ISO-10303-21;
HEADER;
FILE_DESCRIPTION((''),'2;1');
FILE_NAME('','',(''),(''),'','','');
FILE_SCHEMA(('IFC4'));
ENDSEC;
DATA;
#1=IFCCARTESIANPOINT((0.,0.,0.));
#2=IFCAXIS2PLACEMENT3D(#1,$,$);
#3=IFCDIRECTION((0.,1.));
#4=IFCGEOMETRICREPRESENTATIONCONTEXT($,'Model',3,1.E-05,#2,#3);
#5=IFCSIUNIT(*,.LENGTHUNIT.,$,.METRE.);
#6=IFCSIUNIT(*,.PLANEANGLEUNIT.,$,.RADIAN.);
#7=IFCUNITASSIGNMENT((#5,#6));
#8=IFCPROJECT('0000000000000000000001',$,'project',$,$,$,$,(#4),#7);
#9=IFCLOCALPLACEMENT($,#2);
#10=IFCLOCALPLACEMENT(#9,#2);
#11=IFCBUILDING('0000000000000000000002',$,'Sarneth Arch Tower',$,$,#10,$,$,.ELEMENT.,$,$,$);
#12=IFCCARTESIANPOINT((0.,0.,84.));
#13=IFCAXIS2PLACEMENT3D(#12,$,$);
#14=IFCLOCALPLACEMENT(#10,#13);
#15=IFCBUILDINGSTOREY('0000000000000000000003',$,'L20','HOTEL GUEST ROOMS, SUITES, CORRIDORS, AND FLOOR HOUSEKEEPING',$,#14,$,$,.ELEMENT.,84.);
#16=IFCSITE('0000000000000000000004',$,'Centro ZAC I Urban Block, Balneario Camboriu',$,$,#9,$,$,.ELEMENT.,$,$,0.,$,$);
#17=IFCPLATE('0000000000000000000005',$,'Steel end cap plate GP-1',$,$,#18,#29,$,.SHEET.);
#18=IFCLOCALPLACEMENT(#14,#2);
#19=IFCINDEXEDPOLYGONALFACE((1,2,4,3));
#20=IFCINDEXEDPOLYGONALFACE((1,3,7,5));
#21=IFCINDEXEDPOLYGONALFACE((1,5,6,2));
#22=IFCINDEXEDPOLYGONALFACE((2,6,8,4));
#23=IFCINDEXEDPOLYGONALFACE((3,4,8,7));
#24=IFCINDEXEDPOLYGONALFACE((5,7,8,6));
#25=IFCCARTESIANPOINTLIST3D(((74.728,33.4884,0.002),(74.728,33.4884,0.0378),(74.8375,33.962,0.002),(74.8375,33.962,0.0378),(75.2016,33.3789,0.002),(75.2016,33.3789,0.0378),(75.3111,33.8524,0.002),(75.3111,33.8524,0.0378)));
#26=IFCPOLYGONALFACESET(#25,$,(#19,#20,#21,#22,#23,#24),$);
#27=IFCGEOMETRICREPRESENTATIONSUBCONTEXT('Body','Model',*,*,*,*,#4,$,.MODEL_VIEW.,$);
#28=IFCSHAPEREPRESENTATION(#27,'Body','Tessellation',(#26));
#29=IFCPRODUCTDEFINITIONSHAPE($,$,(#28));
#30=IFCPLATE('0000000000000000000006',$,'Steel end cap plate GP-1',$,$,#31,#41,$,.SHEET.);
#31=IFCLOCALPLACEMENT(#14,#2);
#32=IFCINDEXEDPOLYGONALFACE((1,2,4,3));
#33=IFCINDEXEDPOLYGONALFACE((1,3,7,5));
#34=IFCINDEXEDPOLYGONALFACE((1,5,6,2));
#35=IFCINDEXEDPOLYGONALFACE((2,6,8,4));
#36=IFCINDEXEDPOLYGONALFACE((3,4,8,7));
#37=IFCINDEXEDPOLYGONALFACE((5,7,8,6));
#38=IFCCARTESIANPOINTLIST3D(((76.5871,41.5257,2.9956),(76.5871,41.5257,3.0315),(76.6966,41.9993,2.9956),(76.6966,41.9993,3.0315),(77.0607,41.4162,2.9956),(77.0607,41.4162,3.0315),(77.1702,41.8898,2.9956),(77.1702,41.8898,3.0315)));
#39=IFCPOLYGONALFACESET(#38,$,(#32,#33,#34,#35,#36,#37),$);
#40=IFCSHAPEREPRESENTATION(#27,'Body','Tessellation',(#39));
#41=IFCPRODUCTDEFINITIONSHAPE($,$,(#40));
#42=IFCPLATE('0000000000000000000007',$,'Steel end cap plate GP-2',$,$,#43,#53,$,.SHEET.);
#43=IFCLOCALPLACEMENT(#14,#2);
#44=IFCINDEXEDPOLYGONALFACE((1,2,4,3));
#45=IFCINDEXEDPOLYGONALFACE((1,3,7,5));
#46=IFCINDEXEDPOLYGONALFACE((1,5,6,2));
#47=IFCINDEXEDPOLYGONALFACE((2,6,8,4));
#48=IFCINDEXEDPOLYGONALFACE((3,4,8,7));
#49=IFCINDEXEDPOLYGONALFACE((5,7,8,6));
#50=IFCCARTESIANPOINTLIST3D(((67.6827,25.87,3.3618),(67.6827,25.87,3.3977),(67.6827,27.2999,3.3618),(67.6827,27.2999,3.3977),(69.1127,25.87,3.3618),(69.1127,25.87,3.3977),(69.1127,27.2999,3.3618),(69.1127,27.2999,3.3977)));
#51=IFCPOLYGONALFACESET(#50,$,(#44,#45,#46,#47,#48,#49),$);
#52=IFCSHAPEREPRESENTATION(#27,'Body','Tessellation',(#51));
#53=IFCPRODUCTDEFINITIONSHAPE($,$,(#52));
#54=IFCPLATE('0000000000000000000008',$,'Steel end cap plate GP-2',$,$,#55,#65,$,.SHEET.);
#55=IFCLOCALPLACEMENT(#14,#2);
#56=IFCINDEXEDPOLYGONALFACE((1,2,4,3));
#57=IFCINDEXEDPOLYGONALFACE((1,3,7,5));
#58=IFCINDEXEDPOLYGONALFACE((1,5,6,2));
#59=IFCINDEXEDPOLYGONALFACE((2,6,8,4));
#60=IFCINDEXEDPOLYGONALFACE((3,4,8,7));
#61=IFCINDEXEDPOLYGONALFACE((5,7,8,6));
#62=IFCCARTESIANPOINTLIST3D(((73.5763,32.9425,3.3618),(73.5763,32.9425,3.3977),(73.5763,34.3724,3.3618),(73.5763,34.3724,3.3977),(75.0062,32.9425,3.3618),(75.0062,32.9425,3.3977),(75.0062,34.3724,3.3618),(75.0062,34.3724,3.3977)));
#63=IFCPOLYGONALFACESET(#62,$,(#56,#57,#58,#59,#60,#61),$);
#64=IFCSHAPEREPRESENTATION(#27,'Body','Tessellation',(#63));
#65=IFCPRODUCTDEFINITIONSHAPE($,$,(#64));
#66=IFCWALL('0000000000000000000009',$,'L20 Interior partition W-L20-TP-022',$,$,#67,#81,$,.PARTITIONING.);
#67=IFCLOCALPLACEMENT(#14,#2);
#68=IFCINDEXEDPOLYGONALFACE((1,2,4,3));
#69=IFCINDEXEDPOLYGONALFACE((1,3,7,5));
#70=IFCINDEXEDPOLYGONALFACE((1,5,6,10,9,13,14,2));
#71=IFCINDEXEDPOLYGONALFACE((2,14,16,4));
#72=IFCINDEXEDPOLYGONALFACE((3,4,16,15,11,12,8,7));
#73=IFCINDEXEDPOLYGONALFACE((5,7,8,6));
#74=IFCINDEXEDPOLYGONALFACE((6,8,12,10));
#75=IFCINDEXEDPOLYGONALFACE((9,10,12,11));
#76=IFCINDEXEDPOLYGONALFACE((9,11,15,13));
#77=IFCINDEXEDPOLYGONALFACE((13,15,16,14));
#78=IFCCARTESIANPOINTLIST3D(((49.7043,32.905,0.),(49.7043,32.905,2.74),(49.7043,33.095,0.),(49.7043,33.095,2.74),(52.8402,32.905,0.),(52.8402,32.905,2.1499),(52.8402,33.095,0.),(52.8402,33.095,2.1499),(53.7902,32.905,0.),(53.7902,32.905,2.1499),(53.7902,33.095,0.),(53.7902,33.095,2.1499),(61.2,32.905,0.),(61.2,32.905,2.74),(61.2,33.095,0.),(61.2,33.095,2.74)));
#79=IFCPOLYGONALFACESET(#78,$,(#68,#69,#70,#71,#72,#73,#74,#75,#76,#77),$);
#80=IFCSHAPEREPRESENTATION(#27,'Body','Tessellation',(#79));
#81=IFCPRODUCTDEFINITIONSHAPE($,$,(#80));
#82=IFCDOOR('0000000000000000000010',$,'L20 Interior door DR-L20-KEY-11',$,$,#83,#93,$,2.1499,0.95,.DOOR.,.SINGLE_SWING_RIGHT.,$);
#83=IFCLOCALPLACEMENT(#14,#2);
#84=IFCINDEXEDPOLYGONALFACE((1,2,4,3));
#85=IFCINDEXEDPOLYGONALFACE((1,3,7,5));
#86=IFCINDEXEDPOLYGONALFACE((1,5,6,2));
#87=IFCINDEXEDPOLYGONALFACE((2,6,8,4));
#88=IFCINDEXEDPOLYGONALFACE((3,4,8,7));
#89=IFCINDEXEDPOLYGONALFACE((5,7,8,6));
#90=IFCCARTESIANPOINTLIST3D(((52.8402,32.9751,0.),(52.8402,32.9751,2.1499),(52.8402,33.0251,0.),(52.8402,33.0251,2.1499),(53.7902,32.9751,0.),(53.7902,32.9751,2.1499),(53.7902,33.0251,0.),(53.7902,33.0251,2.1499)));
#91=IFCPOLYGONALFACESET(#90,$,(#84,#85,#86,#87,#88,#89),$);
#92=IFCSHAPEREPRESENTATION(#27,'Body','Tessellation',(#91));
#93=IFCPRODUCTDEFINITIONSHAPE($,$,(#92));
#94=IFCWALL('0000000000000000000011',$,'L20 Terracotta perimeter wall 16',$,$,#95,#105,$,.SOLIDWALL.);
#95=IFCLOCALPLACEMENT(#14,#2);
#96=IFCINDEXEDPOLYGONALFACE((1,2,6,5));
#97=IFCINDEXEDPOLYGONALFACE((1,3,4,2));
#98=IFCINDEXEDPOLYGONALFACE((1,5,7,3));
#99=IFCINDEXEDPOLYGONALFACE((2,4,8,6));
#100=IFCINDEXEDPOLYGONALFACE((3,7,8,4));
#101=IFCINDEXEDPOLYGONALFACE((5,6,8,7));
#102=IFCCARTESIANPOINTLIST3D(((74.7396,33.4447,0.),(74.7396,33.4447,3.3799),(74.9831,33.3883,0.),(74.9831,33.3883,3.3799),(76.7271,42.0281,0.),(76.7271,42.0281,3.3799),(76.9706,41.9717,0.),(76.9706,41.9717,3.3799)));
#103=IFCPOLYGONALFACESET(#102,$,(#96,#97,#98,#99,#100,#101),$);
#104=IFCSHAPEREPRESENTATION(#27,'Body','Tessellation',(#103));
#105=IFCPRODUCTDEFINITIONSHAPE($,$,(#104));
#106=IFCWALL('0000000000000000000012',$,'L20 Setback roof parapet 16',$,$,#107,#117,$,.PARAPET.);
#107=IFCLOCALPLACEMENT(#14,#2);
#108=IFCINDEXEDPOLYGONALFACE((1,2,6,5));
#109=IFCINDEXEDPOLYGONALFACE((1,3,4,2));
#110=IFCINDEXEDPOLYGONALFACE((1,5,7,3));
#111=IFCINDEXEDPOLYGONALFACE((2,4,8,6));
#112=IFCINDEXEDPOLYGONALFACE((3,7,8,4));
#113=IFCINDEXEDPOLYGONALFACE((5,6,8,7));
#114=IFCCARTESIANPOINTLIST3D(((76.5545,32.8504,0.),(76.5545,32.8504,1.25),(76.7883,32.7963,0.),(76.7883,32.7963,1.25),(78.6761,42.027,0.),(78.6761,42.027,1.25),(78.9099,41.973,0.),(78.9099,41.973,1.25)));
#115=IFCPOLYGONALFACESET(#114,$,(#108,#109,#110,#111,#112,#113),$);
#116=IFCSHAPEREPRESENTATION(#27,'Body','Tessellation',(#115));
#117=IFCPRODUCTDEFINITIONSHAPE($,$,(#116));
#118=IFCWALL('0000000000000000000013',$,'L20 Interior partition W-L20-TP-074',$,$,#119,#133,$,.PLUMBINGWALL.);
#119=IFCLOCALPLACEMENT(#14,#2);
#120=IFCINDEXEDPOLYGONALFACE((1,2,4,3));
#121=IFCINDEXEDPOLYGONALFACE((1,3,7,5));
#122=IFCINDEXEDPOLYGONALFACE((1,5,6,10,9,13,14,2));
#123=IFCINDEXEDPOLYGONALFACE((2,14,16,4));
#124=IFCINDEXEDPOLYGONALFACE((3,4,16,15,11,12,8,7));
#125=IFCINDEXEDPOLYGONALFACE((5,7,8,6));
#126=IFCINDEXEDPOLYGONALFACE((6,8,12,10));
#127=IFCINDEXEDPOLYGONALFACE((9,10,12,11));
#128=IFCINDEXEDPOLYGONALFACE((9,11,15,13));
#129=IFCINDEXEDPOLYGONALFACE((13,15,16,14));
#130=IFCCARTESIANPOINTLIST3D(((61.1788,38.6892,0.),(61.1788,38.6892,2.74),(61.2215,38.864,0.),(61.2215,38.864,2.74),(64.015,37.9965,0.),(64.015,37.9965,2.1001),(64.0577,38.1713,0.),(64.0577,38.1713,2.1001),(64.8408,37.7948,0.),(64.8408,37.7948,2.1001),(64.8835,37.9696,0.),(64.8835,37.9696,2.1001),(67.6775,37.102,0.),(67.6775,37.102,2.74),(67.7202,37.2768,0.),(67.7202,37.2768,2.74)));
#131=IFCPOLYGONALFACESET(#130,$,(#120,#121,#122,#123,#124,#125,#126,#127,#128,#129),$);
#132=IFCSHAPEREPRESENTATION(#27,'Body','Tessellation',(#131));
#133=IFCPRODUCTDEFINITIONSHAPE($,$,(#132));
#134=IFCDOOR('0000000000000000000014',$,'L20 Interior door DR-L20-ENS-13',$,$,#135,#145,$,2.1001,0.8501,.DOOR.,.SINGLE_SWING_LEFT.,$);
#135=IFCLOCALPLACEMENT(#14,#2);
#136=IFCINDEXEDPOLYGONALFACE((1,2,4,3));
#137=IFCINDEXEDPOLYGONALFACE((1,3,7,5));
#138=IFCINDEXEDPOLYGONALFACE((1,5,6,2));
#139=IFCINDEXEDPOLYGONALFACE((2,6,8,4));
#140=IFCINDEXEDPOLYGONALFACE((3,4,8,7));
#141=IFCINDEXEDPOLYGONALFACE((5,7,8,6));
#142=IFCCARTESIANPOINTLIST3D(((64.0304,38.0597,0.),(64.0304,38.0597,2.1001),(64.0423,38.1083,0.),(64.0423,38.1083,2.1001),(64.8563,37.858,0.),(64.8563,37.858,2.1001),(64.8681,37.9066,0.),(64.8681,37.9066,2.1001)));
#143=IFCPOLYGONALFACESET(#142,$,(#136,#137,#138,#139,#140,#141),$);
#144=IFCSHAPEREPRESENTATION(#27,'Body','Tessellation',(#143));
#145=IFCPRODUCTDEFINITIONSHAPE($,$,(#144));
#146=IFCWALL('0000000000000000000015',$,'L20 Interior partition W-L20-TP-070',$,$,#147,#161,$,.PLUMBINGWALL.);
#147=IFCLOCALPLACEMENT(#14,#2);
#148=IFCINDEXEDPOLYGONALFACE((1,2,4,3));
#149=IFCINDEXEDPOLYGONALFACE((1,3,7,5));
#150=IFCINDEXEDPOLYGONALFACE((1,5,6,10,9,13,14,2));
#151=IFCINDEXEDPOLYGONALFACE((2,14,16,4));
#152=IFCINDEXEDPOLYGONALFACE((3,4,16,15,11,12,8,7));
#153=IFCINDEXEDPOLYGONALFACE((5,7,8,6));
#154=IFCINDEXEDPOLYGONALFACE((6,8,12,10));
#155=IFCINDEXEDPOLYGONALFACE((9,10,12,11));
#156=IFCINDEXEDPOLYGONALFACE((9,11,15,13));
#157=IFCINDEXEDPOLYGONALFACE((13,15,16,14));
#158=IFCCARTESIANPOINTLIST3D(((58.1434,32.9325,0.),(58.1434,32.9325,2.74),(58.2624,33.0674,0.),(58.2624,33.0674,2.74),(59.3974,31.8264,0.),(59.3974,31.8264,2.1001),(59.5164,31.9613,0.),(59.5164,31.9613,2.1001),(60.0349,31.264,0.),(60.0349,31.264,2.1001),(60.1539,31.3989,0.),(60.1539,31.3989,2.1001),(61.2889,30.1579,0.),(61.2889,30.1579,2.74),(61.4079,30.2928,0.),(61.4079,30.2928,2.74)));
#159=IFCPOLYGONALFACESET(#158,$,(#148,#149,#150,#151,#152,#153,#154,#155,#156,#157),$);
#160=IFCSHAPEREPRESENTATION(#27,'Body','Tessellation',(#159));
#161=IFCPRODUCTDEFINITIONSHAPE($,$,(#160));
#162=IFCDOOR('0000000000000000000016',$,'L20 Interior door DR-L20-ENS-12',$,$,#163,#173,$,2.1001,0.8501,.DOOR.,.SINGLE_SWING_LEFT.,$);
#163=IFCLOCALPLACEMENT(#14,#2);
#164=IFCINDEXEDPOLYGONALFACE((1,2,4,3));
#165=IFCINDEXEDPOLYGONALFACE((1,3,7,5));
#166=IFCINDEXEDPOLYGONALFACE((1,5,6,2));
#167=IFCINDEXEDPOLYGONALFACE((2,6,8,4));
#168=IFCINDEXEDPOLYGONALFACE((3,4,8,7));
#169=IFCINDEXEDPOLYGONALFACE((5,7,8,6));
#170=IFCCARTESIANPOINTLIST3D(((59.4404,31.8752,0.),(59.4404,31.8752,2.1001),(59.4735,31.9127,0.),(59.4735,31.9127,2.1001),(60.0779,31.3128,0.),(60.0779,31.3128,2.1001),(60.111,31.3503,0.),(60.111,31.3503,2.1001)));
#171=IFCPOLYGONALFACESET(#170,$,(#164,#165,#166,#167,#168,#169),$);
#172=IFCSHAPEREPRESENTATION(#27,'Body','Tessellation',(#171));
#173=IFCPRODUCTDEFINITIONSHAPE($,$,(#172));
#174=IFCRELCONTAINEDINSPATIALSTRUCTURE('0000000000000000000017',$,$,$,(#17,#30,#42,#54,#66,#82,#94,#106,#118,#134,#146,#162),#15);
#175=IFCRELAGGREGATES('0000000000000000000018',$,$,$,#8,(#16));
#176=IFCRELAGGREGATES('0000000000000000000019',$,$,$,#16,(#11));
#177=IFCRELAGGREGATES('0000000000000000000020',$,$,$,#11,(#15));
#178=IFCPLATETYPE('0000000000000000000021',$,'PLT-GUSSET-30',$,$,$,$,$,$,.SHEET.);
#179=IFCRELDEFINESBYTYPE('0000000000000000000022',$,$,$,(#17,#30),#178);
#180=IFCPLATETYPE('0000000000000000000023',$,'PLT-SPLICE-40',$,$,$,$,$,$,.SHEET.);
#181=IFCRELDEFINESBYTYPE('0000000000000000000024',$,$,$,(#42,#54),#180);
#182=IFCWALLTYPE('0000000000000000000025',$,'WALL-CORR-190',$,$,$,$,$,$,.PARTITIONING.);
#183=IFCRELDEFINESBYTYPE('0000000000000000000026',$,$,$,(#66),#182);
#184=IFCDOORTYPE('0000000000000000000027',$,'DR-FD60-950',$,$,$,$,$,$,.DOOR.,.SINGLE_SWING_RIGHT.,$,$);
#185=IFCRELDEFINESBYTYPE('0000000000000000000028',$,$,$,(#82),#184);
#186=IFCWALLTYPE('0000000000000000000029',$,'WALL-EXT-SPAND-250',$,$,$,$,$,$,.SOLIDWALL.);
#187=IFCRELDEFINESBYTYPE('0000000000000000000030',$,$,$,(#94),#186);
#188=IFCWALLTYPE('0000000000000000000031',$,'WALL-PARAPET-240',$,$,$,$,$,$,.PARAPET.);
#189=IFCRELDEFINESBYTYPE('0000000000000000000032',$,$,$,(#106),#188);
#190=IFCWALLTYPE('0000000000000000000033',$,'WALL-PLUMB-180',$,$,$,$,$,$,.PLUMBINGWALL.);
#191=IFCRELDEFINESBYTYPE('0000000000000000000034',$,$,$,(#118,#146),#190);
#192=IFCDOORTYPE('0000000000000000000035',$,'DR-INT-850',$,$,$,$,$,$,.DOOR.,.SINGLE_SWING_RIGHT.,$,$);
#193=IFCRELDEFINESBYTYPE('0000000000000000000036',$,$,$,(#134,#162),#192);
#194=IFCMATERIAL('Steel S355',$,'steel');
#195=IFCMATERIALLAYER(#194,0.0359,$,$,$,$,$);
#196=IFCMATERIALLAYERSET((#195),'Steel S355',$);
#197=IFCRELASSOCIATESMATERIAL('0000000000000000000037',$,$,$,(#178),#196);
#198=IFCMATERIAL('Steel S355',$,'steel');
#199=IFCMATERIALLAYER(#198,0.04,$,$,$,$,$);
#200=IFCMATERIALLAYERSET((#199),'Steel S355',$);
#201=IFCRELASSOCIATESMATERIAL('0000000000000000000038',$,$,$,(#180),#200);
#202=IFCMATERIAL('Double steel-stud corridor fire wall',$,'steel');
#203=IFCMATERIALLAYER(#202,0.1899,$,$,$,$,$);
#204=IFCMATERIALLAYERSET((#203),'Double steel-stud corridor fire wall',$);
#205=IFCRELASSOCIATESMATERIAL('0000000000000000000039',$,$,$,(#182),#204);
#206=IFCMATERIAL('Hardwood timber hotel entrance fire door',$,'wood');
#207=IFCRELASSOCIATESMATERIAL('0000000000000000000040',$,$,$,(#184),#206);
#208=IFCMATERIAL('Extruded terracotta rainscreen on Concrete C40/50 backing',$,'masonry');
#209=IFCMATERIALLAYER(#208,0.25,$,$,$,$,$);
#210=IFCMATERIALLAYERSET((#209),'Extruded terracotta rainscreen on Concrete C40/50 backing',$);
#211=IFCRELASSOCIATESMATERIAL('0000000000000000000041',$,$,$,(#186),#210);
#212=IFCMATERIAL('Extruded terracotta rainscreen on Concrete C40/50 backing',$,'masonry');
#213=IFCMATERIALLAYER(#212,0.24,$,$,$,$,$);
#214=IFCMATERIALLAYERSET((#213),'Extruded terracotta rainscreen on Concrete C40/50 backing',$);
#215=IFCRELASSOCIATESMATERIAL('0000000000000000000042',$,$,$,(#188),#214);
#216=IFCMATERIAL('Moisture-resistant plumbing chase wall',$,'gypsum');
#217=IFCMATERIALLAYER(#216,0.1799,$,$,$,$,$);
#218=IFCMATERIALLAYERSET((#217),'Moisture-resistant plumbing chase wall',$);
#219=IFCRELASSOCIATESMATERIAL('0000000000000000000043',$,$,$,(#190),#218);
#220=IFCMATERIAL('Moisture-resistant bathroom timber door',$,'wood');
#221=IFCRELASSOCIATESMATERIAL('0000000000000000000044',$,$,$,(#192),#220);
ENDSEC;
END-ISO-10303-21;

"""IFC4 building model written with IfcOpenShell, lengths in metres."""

from ifc_helpers import new_model, si_unit, direction, frame, frame_2d, origin, origin_2d, place, context, subcontext, project, spatial, rectangle, extrude, material, layer, layer_set, type_object, element, fill, save


model = new_model("IFC4")

# Units and contexts
model_context = context("Model", 3, precision=1e-05, world=origin(), true_north=direction((0.0, 1.0)))
body_context = subcontext(model_context, "Body", "Model", "MODEL_VIEW")
ifc_project = project(units=[si_unit("LENGTHUNIT", "METRE"), si_unit("PLANEANGLEUNIT", "RADIAN")], contexts=[model_context])

# Site, building, storey
site_placement = place(None, origin())
site = spatial("IfcSite", under=ifc_project, at=site_placement, Name="Centro ZAC I Urban Block, Balneario Camboriu", CompositionType="ELEMENT", RefElevation=0.0)
building_placement = place(site_placement, origin())
building = spatial("IfcBuilding", under=site, at=building_placement, Name="Sarneth Arch Tower", CompositionType="ELEMENT")
storey_placement = place(building_placement, frame((0.0, 0.0, 84.0)))
storey = spatial("IfcBuildingStorey", under=building, at=storey_placement, Name="L20", Description="HOTEL GUEST ROOMS, SUITES, CORRIDORS, AND FLOOR HOUSEKEEPING", CompositionType="ELEMENT", Elevation=84.0)

# Plates
ifc_material_1 = material(Name="Steel S355", Category="steel")
ifc_layer_1 = layer(ifc_material_1, 0.0359)
ifc_layer_set_1 = layer_set([ifc_layer_1], Name="Steel S355")
plate_type_1 = type_object("IfcPlateType", Name="PLT-GUSSET-30", PredefinedType="SHEET", material=ifc_layer_set_1)
for number, where, z_axis, x_axis, name in (
    (1, (75.0195, 33.6704, 0.002), (0.0, 0.0, 1.0), (0.225291, 0.974291, 0.0), "Steel end cap plate GP-1"),
    (2, (76.8787, 41.7078, 2.9956), (0.0, 0.0, 1.0), (0.225291, 0.974291, 0.0), "Steel end cap plate GP-1"),
):
    element("IfcPlate", number, at=place(storey_placement, frame(where, z_axis=z_axis, x_axis=x_axis)), inside=storey, type_object=plate_type_1, Name=name, PredefinedType="SHEET", context=body_context, shape_type="SweptSolid", body=[
        extrude(rectangle(XDim=0.4861, YDim=0.4861, at=origin_2d()), origin(), (0.0, 0.0, 1.0), 0.0359),
    ])
ifc_material_2 = material(Name="Steel S355", Category="steel")
ifc_layer_2 = layer(ifc_material_2, 0.04)
ifc_layer_set_2 = layer_set([ifc_layer_2], Name="Steel S355")
plate_type_2 = type_object("IfcPlateType", Name="PLT-SPLICE-40", PredefinedType="SHEET", material=ifc_layer_set_2)
for number, where, z_axis, x_axis, name in (
    (3, (68.3977, 26.585, 3.3618), (0.0, 0.0, 1.0), (1.0, 0.0, 0.0), "Steel end cap plate GP-2"),
    (4, (74.2913, 33.6575, 3.3618), (0.0, 0.0, 1.0), (1.0, 0.0, 0.0), "Steel end cap plate GP-2"),
):
    element("IfcPlate", number, at=place(storey_placement, frame(where, z_axis=z_axis, x_axis=x_axis)), inside=storey, type_object=plate_type_2, Name=name, PredefinedType="SHEET", context=body_context, shape_type="SweptSolid", body=[
        extrude(rectangle(XDim=1.4299, YDim=1.4299, at=origin_2d()), origin(), (0.0, 0.0, 1.0), 0.0359),
    ])

# Wall, opening, door
ifc_material_3 = material(Name="Double steel-stud corridor fire wall", Category="steel")
ifc_layer_3 = layer(ifc_material_3, 0.1899)
ifc_layer_set_3 = layer_set([ifc_layer_3], Name="Double steel-stud corridor fire wall")
wall_type_1 = type_object("IfcWallType", Name="WALL-CORR-190", PredefinedType="PARTITIONING", material=ifc_layer_set_3)
wall_1_placement = place(storey_placement, frame((61.2, 33.0, 0.0), z_axis=(0.0, 0.0, 1.0), x_axis=(-1.0, 0.0, 0.0)))
wall_1 = element("IfcWall", 5, at=wall_1_placement, inside=storey, type_object=wall_type_1, Name="L20 Interior partition W-L20-TP-022", PredefinedType="PARTITIONING", context=body_context, shape_type="SweptSolid", body=[
    extrude(rectangle(XDim=11.4956, YDim=0.1899, at=frame_2d((5.7478, 0.0))), origin(), (0.0, 0.0, 1.0), 2.74),
])
opening_1_placement = place(wall_1_placement, frame((7.4097, 0.0, 0.0)))
opening_1 = element("IfcOpeningElement", 6, at=opening_1_placement, cuts=wall_1, PredefinedType="OPENING", context=body_context, shape_type="SweptSolid", body=[
    extrude(rectangle(XDim=0.95, YDim=2.1499, at=frame_2d((0.4751, 1.075))), frame((0.0, 0.105, 0.0), z_axis=(0.0, -1.0, 0.0), x_axis=(1.0, 0.0, 0.0)), (0.0, 0.0, 1.0), 0.21),
])
ifc_material_4 = material(Name="Hardwood timber hotel entrance fire door", Category="wood")
door_type_1 = type_object("IfcDoorType", Name="DR-FD60-950", OperationType="SINGLE_SWING_RIGHT", PredefinedType="DOOR", material=ifc_material_4)
door_1_placement = place(opening_1_placement, origin())
door_1 = element("IfcDoor", 7, at=door_1_placement, inside=storey, type_object=door_type_1, Name="L20 Interior door DR-L20-KEY-11", OperationType="SINGLE_SWING_RIGHT", OverallHeight=2.1499, OverallWidth=0.95, PredefinedType="DOOR", context=body_context, shape_type="SweptSolid", body=[
    extrude(rectangle(XDim=0.95, YDim=2.1499, at=frame_2d((0.4751, 1.075))), frame((0.0, 0.0249, 0.0), z_axis=(0.0, -1.0, 0.0), x_axis=(1.0, 0.0, 0.0)), (0.0, 0.0, 1.0), 0.05),
])
fill(opening_1, door_1)

# Walls
ifc_material_5 = material(Name="Extruded terracotta rainscreen on Concrete C40/50 backing", Category="masonry")
ifc_layer_4 = layer(ifc_material_5, 0.25)
ifc_layer_set_4 = layer_set([ifc_layer_4], Name="Extruded terracotta rainscreen on Concrete C40/50 backing")
wall_type_2 = type_object("IfcWallType", Name="WALL-EXT-SPAND-250", PredefinedType="SOLIDWALL", material=ifc_layer_set_4)
wall_2_placement = place(storey_placement, frame((74.8613, 33.4165, 0.0), z_axis=(0.0, 0.0, 1.0), x_axis=(0.225586, 0.974223, 0.0)))
element("IfcWall", 8, at=wall_2_placement, inside=storey, type_object=wall_type_2, Name="L20 Terracotta perimeter wall 16", PredefinedType="SOLIDWALL", context=body_context, shape_type="SweptSolid", body=[
    extrude(rectangle(XDim=8.8105, YDim=0.25, at=frame_2d((4.4053, 0.0))), origin(), (0.0, 0.0, 1.0), 3.3799),
])
ifc_material_6 = material(Name="Extruded terracotta rainscreen on Concrete C40/50 backing", Category="masonry")
ifc_layer_5 = layer(ifc_material_6, 0.24)
ifc_layer_set_5 = layer_set([ifc_layer_5], Name="Extruded terracotta rainscreen on Concrete C40/50 backing")
wall_type_3 = type_object("IfcWallType", Name="WALL-PARAPET-240", PredefinedType="PARAPET", material=ifc_layer_set_5)
wall_3_placement = place(storey_placement, frame((76.6714, 32.8232, 0.0), z_axis=(0.0, 0.0, 1.0), x_axis=(0.225249, 0.974301, 0.0)))
element("IfcWall", 9, at=wall_3_placement, inside=storey, type_object=wall_type_3, Name="L20 Setback roof parapet 16", PredefinedType="PARAPET", context=body_context, shape_type="SweptSolid", body=[
    extrude(rectangle(XDim=9.4187, YDim=0.24, at=frame_2d((4.7095, 0.0))), origin(), (0.0, 0.0, 1.0), 1.25),
])

# Walls, openings, doors
ifc_material_7 = material(Name="Moisture-resistant plumbing chase wall", Category="gypsum")
ifc_layer_6 = layer(ifc_material_7, 0.1799)
ifc_layer_set_6 = layer_set([ifc_layer_6], Name="Moisture-resistant plumbing chase wall")
wall_type_4 = type_object("IfcWallType", Name="WALL-PLUMB-180", PredefinedType="PLUMBINGWALL", material=ifc_layer_set_6)
wall_4_placement = place(storey_placement, frame((67.6987, 37.1895, 0.0), z_axis=(0.0, 0.0, 1.0), x_axis=(-0.971448, 0.237251, 0.0)))
wall_4 = element("IfcWall", 10, at=wall_4_placement, inside=storey, type_object=wall_type_4, Name="L20 Interior partition W-L20-TP-074", PredefinedType="PLUMBINGWALL", context=body_context, shape_type="SweptSolid", body=[
    extrude(rectangle(XDim=6.6897, YDim=0.1799, at=frame_2d((3.3447, 0.0))), origin(), (0.0, 0.0, 1.0), 2.74),
])
opening_2_placement = place(wall_4_placement, frame((2.9199, 0.0, 0.0)))
opening_2 = element("IfcOpeningElement", 11, at=opening_2_placement, cuts=wall_4, PredefinedType="OPENING", context=body_context, shape_type="SweptSolid", body=[
    extrude(rectangle(XDim=0.8501, YDim=2.1001, at=frame_2d((0.425, 1.05))), frame((0.0, 0.0999, 0.0), z_axis=(0.0, -1.0, 0.0), x_axis=(1.0, 0.0, 0.0)), (0.0, 0.0, 1.0), 0.2),
])
ifc_material_8 = material(Name="Moisture-resistant bathroom timber door", Category="wood")
door_type_2 = type_object("IfcDoorType", Name="DR-INT-850", OperationType="SINGLE_SWING_RIGHT", PredefinedType="DOOR", material=ifc_material_8)
door_2_placement = place(opening_2_placement, origin())
door_2 = element("IfcDoor", 12, at=door_2_placement, inside=storey, type_object=door_type_2, Name="L20 Interior door DR-L20-ENS-13", OperationType="SINGLE_SWING_LEFT", OverallHeight=2.1001, OverallWidth=0.8501, PredefinedType="DOOR", context=body_context, shape_type="SweptSolid", body=[
    extrude(rectangle(XDim=0.8501, YDim=2.1001, at=frame_2d((0.425, 1.05))), frame((0.0, 0.0249, 0.0), z_axis=(0.0, -1.0, 0.0), x_axis=(1.0, 0.0, 0.0)), (0.0, 0.0, 1.0), 0.05),
])
fill(opening_2, door_2)
wall_5_placement = place(storey_placement, frame((61.3484, 30.2253, 0.0), z_axis=(0.0, 0.0, 1.0), x_axis=(-0.749931, 0.661516, 0.0)))
wall_5 = element("IfcWall", 13, at=wall_5_placement, inside=storey, type_object=wall_type_4, Name="L20 Interior partition W-L20-TP-070", PredefinedType="PLUMBINGWALL", context=body_context, shape_type="SweptSolid", body=[
    extrude(rectangle(XDim=4.1943, YDim=0.1799, at=frame_2d((2.0972, 0.0))), origin(), (0.0, 0.0, 1.0), 2.74),
])
opening_3_placement = place(wall_5_placement, frame((1.6721, 0.0, 0.0)))
opening_3 = element("IfcOpeningElement", 14, at=opening_3_placement, cuts=wall_5, PredefinedType="OPENING", context=body_context, shape_type="SweptSolid", body=[
    extrude(rectangle(XDim=0.8501, YDim=2.1001, at=frame_2d((0.425, 1.05))), frame((0.0, 0.0999, 0.0), z_axis=(0.0, -1.0, 0.0), x_axis=(1.0, 0.0, 0.0)), (0.0, 0.0, 1.0), 0.2),
])
door_3_placement = place(opening_3_placement, origin())
door_3 = element("IfcDoor", 15, at=door_3_placement, inside=storey, type_object=door_type_2, Name="L20 Interior door DR-L20-ENS-12", OperationType="SINGLE_SWING_LEFT", OverallHeight=2.1001, OverallWidth=0.8501, PredefinedType="DOOR", context=body_context, shape_type="SweptSolid", body=[
    extrude(rectangle(XDim=0.8501, YDim=2.1001, at=frame_2d((0.425, 1.05))), frame((0.0, 0.0249, 0.0), z_axis=(0.0, -1.0, 0.0), x_axis=(1.0, 0.0, 0.0)), (0.0, 0.0, 1.0), 0.05),
])
fill(opening_3, door_3)

save(model, "model.ifc")
